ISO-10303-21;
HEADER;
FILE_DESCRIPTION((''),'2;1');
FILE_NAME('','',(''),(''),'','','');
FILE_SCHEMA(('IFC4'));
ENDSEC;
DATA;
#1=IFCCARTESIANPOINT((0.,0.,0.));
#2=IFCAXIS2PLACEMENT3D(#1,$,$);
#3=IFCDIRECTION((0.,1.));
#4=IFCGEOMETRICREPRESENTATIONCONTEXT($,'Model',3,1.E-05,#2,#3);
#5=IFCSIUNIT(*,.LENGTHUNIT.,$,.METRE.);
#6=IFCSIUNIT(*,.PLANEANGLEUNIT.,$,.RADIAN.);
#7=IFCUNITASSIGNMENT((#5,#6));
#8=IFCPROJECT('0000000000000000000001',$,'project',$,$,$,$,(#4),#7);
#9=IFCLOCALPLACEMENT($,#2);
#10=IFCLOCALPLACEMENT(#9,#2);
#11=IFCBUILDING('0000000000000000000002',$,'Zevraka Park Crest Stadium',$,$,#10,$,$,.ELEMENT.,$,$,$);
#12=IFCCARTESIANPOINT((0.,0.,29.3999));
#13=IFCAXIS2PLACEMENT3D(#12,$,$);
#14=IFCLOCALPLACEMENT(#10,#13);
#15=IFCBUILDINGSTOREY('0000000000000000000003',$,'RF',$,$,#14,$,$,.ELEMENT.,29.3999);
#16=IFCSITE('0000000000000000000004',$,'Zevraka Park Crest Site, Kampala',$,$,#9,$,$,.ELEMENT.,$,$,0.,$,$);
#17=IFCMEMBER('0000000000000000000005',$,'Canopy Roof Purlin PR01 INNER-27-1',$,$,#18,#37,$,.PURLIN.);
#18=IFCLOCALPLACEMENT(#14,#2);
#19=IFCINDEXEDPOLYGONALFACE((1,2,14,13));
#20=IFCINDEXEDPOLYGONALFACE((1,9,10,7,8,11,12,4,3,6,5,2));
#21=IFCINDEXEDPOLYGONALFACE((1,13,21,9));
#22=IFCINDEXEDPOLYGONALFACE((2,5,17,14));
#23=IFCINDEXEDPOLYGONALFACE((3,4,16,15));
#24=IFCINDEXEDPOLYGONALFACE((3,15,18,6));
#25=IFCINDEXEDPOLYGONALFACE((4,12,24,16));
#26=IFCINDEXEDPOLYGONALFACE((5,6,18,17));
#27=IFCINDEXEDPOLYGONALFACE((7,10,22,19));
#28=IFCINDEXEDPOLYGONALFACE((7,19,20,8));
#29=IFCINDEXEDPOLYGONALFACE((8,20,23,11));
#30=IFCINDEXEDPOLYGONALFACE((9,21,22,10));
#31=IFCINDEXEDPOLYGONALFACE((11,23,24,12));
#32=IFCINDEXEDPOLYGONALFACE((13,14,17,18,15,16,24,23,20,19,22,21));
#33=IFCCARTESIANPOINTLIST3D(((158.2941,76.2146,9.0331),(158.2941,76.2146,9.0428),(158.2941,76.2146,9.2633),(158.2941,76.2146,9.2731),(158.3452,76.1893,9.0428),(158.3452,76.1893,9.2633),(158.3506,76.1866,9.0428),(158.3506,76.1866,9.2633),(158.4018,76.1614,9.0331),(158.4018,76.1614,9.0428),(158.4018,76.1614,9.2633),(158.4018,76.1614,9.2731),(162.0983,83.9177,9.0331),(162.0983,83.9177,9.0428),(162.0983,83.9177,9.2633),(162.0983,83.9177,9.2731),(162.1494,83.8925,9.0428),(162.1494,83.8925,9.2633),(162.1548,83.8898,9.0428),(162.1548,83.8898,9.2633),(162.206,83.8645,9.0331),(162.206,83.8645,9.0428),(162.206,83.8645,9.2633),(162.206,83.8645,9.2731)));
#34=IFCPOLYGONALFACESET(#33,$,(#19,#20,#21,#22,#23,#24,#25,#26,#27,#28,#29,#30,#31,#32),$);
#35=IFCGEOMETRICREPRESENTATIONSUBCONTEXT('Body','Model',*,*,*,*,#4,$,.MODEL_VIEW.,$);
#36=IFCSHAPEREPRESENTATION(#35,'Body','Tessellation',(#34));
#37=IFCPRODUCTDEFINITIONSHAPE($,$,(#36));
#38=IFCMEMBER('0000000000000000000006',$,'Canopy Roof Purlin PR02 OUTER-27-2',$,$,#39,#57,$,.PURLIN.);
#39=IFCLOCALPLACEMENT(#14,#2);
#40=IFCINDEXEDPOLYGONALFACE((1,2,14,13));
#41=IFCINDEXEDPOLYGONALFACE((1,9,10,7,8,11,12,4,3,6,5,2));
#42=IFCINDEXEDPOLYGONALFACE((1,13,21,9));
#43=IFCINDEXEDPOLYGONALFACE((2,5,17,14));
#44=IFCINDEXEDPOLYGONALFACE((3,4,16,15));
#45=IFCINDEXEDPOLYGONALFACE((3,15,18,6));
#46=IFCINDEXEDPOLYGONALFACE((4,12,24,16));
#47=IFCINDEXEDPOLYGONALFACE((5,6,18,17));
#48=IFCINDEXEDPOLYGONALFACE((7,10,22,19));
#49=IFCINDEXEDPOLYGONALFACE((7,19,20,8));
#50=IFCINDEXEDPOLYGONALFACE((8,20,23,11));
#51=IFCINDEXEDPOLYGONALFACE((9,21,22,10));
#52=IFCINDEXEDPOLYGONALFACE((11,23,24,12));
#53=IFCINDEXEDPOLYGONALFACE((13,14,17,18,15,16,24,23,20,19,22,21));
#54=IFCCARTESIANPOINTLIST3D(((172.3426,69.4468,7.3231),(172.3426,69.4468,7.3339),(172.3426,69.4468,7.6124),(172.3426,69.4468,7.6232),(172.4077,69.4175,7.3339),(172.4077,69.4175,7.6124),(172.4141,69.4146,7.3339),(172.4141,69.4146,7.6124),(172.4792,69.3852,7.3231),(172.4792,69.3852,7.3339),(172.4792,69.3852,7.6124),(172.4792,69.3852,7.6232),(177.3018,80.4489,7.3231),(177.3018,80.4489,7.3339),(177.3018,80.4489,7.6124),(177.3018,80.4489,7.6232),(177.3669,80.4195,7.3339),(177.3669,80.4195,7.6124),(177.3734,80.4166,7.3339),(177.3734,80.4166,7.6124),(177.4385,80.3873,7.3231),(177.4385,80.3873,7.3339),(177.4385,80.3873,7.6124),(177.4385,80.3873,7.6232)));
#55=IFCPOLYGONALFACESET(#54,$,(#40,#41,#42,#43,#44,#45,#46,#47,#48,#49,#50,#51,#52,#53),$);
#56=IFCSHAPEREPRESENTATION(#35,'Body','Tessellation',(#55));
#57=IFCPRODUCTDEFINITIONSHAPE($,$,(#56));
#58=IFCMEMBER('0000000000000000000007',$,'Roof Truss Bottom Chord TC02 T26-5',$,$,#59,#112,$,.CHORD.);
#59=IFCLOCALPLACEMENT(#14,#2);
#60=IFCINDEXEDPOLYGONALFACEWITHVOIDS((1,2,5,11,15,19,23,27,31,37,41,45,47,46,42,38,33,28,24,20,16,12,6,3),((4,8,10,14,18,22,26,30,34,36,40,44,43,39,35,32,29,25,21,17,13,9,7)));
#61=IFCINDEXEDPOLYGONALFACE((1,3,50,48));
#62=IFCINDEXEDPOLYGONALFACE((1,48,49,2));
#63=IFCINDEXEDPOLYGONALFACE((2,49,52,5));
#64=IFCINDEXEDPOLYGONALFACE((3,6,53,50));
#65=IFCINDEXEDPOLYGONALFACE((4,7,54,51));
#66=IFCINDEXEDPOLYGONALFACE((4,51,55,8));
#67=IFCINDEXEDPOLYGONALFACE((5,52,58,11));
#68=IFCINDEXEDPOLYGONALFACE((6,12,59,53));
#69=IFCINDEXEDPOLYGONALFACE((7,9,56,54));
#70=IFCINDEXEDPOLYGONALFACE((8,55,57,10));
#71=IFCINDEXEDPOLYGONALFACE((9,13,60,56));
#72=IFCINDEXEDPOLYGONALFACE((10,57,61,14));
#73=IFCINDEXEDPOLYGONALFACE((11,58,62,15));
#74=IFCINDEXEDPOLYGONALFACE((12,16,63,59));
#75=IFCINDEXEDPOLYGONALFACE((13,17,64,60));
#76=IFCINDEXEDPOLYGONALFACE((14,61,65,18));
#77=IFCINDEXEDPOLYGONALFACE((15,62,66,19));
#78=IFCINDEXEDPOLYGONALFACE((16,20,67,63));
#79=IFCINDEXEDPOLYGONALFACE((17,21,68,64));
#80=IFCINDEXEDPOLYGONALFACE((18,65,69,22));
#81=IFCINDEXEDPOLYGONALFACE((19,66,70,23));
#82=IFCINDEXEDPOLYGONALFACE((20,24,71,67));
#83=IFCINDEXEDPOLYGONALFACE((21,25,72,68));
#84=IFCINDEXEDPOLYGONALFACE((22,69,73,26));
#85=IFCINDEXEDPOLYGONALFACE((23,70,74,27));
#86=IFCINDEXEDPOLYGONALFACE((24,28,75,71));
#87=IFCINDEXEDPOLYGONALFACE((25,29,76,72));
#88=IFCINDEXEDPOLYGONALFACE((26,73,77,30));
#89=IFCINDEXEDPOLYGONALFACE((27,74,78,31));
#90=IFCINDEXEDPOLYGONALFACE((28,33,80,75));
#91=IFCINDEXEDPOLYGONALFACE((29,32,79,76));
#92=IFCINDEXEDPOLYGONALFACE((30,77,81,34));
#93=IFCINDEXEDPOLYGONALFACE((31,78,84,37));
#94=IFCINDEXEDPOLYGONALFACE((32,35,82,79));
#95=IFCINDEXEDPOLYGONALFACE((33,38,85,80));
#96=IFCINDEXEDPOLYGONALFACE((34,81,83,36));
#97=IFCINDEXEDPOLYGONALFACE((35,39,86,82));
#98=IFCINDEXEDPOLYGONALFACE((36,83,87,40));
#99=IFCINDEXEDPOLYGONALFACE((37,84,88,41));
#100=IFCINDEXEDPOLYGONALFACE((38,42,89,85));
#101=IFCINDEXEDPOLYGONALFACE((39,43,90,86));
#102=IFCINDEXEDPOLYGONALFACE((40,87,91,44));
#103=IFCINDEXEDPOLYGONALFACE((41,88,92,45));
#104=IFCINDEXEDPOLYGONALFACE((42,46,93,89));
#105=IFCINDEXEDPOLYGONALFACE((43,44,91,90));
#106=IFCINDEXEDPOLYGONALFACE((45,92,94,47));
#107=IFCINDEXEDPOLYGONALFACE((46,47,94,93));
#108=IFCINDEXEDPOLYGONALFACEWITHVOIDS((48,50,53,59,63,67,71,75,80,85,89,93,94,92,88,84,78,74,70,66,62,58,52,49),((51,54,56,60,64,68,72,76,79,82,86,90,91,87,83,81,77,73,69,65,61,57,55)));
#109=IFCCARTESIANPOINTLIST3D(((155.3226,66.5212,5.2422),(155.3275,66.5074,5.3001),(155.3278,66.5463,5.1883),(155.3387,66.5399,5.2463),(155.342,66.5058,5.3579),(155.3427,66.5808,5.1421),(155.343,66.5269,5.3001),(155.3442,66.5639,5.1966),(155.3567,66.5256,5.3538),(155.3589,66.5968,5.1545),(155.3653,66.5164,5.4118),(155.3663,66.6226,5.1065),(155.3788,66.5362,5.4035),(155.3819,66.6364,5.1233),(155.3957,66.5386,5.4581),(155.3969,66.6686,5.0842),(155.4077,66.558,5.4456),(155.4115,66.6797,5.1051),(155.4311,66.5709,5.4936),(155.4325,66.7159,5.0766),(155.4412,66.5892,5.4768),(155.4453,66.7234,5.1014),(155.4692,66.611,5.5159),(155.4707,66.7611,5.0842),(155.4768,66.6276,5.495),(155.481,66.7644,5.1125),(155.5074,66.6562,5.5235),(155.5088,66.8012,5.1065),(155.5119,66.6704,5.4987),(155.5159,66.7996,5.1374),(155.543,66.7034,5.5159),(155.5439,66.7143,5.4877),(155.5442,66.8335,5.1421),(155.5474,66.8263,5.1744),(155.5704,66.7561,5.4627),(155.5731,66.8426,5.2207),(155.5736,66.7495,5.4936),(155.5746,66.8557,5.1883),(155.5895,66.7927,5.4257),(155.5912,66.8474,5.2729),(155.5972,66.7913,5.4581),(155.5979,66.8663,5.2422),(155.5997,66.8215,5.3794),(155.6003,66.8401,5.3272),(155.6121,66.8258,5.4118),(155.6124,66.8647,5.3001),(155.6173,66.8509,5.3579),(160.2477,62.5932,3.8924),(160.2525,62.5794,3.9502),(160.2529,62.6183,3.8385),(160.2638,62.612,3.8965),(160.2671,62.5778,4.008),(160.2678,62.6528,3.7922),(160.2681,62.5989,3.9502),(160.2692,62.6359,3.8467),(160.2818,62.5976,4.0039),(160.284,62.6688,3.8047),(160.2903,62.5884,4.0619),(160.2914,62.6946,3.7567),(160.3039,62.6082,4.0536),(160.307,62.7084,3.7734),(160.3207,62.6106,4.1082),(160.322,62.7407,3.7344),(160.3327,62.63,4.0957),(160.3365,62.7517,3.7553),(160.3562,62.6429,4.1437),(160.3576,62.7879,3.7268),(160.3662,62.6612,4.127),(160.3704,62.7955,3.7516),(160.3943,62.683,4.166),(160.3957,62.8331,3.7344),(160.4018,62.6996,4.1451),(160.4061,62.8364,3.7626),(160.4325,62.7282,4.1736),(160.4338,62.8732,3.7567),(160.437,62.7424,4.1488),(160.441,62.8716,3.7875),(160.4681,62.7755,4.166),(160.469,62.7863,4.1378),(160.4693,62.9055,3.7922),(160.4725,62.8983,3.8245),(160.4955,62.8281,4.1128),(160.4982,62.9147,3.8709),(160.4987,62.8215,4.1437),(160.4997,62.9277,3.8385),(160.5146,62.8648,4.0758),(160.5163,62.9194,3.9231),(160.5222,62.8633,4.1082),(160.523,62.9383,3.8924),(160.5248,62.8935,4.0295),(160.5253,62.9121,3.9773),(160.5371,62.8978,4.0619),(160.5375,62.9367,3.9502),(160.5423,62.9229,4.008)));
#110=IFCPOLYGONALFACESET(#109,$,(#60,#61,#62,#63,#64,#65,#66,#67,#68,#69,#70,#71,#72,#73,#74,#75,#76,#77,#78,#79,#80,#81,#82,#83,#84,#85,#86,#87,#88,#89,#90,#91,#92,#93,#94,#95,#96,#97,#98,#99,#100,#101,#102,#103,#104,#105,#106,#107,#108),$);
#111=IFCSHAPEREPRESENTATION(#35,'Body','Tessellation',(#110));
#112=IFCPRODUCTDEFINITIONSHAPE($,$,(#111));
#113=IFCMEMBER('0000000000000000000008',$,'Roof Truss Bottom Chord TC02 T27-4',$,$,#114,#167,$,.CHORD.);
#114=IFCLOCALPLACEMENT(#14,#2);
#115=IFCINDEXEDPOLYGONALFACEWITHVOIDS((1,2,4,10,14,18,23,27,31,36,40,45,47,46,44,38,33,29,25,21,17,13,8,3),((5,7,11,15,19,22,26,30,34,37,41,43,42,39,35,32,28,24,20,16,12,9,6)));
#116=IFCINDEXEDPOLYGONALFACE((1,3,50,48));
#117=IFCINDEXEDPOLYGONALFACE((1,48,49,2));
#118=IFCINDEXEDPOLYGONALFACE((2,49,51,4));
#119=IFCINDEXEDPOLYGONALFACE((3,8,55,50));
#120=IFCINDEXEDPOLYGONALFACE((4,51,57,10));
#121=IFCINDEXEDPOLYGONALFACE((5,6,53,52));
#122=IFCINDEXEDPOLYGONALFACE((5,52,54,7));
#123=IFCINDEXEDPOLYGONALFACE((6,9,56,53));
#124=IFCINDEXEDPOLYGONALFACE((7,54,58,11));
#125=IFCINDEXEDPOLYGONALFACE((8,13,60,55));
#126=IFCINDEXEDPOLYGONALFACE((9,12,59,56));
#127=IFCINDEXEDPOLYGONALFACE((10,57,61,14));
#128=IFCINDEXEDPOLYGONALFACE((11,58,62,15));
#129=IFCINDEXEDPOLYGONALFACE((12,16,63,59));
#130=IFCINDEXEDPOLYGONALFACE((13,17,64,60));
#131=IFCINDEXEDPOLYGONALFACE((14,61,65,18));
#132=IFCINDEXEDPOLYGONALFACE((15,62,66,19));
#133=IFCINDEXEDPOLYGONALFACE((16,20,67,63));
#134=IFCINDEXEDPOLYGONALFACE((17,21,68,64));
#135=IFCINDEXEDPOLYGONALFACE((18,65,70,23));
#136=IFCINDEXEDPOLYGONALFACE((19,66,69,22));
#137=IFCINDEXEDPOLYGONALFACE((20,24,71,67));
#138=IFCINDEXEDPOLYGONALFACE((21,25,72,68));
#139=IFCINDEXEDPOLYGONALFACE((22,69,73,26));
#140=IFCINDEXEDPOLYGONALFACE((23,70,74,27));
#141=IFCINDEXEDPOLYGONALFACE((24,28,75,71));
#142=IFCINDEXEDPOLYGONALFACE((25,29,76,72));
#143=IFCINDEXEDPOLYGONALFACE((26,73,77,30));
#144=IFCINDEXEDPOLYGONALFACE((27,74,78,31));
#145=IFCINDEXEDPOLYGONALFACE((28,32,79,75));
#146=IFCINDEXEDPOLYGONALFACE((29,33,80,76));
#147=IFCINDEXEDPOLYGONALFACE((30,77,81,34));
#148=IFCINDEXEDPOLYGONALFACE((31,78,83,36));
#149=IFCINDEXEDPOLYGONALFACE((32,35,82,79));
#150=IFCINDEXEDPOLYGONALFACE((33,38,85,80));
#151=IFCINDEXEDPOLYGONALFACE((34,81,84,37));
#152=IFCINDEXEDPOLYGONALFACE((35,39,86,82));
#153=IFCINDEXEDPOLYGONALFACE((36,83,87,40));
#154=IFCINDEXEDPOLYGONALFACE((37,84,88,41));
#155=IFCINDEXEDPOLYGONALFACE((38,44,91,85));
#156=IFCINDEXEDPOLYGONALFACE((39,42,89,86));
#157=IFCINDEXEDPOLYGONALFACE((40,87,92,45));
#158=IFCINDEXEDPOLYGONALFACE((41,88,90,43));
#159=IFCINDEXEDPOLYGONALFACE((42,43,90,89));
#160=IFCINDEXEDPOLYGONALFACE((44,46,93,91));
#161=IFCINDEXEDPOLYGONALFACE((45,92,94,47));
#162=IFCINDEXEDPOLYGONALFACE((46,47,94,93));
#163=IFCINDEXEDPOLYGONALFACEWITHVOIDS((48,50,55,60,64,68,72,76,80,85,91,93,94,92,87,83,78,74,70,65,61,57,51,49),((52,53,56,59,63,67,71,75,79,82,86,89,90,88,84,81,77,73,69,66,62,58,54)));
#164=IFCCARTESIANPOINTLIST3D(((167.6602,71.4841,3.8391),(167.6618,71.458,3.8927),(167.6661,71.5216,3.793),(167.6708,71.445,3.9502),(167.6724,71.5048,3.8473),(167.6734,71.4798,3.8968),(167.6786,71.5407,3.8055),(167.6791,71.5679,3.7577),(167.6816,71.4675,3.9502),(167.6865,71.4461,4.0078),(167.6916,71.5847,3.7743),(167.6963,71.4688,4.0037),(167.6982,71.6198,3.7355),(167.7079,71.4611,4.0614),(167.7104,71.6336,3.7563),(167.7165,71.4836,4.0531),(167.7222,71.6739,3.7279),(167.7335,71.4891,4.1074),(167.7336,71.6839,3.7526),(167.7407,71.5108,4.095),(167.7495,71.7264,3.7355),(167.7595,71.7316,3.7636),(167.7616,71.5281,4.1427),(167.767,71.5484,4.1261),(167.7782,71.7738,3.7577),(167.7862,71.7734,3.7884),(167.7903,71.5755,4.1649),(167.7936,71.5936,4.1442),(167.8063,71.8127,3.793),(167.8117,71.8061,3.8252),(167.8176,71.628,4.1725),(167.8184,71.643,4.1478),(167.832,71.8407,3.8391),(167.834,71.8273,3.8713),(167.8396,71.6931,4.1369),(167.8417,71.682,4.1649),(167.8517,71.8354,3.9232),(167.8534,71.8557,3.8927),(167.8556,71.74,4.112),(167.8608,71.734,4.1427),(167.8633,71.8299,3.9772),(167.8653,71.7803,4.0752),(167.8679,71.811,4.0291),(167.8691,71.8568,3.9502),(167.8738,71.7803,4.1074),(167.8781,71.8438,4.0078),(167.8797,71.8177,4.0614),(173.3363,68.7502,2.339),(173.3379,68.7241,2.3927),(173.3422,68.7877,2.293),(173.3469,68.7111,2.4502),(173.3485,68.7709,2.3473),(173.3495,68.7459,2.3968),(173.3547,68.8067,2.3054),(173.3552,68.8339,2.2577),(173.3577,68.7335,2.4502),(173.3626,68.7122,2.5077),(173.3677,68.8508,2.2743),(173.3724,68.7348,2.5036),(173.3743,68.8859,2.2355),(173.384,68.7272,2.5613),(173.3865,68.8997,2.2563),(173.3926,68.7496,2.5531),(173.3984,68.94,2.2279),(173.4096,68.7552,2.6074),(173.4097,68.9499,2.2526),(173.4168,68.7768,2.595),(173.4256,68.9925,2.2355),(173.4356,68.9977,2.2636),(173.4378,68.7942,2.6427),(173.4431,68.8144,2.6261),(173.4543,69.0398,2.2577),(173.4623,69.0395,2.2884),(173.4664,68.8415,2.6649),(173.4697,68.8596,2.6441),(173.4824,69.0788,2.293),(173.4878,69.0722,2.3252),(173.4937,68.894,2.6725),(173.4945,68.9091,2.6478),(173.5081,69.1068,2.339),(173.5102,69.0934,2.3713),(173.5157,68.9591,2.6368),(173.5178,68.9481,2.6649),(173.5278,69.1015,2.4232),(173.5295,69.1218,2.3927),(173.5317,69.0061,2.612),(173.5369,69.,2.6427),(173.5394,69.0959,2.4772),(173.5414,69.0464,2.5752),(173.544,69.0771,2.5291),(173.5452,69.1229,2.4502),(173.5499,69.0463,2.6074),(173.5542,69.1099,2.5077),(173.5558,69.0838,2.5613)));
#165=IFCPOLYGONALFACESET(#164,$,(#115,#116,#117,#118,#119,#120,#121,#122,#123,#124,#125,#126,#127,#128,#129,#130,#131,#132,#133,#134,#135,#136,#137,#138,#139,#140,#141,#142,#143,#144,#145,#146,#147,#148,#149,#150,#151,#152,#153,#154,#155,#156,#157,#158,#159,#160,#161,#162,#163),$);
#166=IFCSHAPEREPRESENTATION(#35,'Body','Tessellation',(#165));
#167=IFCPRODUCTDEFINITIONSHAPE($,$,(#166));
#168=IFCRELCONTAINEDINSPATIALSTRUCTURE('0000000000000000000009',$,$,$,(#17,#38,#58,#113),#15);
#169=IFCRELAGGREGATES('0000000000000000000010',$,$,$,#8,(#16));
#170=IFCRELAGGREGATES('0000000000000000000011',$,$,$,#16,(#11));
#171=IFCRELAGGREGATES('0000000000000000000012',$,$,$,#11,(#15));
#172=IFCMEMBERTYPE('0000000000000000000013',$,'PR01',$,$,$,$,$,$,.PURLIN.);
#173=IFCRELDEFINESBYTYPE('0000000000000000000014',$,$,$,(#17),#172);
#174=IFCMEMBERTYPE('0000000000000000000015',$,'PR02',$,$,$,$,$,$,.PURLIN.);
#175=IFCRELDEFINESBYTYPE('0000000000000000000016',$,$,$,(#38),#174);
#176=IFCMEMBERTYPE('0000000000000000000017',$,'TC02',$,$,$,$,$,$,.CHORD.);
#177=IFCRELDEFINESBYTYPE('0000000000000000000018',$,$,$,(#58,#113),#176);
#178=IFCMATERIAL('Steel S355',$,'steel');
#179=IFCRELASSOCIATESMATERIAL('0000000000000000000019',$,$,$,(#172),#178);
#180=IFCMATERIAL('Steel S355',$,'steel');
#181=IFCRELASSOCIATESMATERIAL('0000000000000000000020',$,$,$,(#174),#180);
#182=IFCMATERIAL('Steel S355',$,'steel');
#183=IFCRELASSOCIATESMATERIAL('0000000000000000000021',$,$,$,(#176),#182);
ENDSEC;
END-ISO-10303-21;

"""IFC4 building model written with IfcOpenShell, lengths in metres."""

from ifc_helpers import new_model, si_unit, direction, frame, origin, origin_2d, place, context, subcontext, project, spatial, hollow_circle, i_section, extrude, material, material_profile, profile_set, type_object, element, save


model = new_model("IFC4")

# Units and contexts
model_context = context("Model", 3, precision=1e-05, world=origin(), true_north=direction((0.0, 1.0)))
body_context = subcontext(model_context, "Body", "Model", "MODEL_VIEW")
ifc_project = project(units=[si_unit("LENGTHUNIT", "METRE"), si_unit("PLANEANGLEUNIT", "RADIAN")], contexts=[model_context])

# Site, building, storey
site_placement = place(None, origin())
site = spatial("IfcSite", under=ifc_project, at=site_placement, Name="Zevraka Park Crest Site, Kampala", CompositionType="ELEMENT", RefElevation=0.0)
building_placement = place(site_placement, origin())
building = spatial("IfcBuilding", under=site, at=building_placement, Name="Zevraka Park Crest Stadium", CompositionType="ELEMENT")
storey_placement = place(building_placement, frame((0.0, 0.0, 29.3999)))
storey = spatial("IfcBuildingStorey", under=building, at=storey_placement, Name="RF", CompositionType="ELEMENT", Elevation=29.3999)

# Members
ifc_material_1 = material(Name="Steel S355", Category="steel")
ifc_material_profile_1 = material_profile(ifc_material_1, i_section(OverallWidth=0.1201, OverallDepth=0.24, WebThickness=0.0061, FlangeThickness=0.0098, at=origin_2d()), Name="IPE 240")
ifc_profile_set_1 = profile_set([ifc_material_profile_1], Name="Steel S355")
member_type_1 = type_object("IfcMemberType", Name="PR01", PredefinedType="PURLIN", material=ifc_profile_set_1)
member_1_placement = place(storey_placement, frame((158.3479, 76.188, 9.1531), z_axis=(0.442798, 0.896621, 0.0), x_axis=(-0.896621, 0.442798, 0.0)))
element("IfcMember", 1, at=member_1_placement, inside=storey, type_object=member_type_1, Name="Canopy Roof Purlin PR01 INNER-27-1", PredefinedType="PURLIN", context=body_context, shape_type="SweptSolid", body=[
    extrude(i_section(OverallWidth=0.1201, OverallDepth=0.24, WebThickness=0.0061, FlangeThickness=0.0098, at=origin_2d()), origin(), (0.0, 0.0, 1.0), 8.5913),
])
ifc_material_2 = material(Name="Steel S355", Category="steel")
ifc_material_profile_2 = material_profile(ifc_material_2, i_section(OverallWidth=0.1499, OverallDepth=0.3, WebThickness=0.0071, FlangeThickness=0.0107, at=origin_2d()), Name="IPE 300")
ifc_profile_set_2 = profile_set([ifc_material_profile_2], Name="Steel S355")
member_type_2 = type_object("IfcMemberType", Name="PR02", PredefinedType="PURLIN", material=ifc_profile_set_2)
member_2_placement = place(storey_placement, frame((172.4109, 69.416, 7.4731), z_axis=(0.41094, 0.911662, 0.0), x_axis=(-0.911662, 0.41094, 0.0)))
element("IfcMember", 2, at=member_2_placement, inside=storey, type_object=member_type_2, Name="Canopy Roof Purlin PR02 OUTER-27-2", PredefinedType="PURLIN", context=body_context, shape_type="SweptSolid", body=[
    extrude(i_section(OverallWidth=0.1499, OverallDepth=0.3, WebThickness=0.0071, FlangeThickness=0.0107, at=origin_2d()), origin(), (0.0, 0.0, 1.0), 12.0681),
])
ifc_material_3 = material(Name="Steel S355", Category="steel")
ifc_material_profile_3 = material_profile(ifc_material_3, hollow_circle(Radius=0.2285, WallThickness=0.0249, at=origin_2d()), Name="CHS 457.0x25")
ifc_profile_set_3 = profile_set([ifc_material_profile_3], Name="Steel S355")
member_type_3 = type_object("IfcMemberType", Name="TC02", PredefinedType="CHORD", material=ifc_profile_set_3)
member_3_placement = place(storey_placement, frame((160.395, 62.7581, 3.9502), z_axis=(-0.764449, 0.609687, 0.20952), x_axis=(-0.623527, -0.781802, 0.0)))
element("IfcMember", 3, at=member_3_placement, inside=storey, type_object=member_type_3, Name="Roof Truss Bottom Chord TC02 T26-5", PredefinedType="CHORD", context=body_context, shape_type="SweptSolid", body=[
    extrude(hollow_circle(Radius=0.2285, WallThickness=0.0249, at=origin_2d()), origin(), (0.0, 0.0, 1.0), 6.4426),
])
member_4_placement = place(storey_placement, frame((173.446, 68.917, 2.4502), z_axis=(-0.876441, 0.422142, 0.231617), x_axis=(-0.433943, -0.900941, 0.0)))
element("IfcMember", 4, at=member_4_placement, inside=storey, type_object=member_type_3, Name="Roof Truss Bottom Chord TC02 T27-4", PredefinedType="CHORD", context=body_context, shape_type="SweptSolid", body=[
    extrude(hollow_circle(Radius=0.2285, WallThickness=0.0249, at=origin_2d()), origin(), (0.0, 0.0, 1.0), 6.4763),
])

save(model, "model.ifc")
